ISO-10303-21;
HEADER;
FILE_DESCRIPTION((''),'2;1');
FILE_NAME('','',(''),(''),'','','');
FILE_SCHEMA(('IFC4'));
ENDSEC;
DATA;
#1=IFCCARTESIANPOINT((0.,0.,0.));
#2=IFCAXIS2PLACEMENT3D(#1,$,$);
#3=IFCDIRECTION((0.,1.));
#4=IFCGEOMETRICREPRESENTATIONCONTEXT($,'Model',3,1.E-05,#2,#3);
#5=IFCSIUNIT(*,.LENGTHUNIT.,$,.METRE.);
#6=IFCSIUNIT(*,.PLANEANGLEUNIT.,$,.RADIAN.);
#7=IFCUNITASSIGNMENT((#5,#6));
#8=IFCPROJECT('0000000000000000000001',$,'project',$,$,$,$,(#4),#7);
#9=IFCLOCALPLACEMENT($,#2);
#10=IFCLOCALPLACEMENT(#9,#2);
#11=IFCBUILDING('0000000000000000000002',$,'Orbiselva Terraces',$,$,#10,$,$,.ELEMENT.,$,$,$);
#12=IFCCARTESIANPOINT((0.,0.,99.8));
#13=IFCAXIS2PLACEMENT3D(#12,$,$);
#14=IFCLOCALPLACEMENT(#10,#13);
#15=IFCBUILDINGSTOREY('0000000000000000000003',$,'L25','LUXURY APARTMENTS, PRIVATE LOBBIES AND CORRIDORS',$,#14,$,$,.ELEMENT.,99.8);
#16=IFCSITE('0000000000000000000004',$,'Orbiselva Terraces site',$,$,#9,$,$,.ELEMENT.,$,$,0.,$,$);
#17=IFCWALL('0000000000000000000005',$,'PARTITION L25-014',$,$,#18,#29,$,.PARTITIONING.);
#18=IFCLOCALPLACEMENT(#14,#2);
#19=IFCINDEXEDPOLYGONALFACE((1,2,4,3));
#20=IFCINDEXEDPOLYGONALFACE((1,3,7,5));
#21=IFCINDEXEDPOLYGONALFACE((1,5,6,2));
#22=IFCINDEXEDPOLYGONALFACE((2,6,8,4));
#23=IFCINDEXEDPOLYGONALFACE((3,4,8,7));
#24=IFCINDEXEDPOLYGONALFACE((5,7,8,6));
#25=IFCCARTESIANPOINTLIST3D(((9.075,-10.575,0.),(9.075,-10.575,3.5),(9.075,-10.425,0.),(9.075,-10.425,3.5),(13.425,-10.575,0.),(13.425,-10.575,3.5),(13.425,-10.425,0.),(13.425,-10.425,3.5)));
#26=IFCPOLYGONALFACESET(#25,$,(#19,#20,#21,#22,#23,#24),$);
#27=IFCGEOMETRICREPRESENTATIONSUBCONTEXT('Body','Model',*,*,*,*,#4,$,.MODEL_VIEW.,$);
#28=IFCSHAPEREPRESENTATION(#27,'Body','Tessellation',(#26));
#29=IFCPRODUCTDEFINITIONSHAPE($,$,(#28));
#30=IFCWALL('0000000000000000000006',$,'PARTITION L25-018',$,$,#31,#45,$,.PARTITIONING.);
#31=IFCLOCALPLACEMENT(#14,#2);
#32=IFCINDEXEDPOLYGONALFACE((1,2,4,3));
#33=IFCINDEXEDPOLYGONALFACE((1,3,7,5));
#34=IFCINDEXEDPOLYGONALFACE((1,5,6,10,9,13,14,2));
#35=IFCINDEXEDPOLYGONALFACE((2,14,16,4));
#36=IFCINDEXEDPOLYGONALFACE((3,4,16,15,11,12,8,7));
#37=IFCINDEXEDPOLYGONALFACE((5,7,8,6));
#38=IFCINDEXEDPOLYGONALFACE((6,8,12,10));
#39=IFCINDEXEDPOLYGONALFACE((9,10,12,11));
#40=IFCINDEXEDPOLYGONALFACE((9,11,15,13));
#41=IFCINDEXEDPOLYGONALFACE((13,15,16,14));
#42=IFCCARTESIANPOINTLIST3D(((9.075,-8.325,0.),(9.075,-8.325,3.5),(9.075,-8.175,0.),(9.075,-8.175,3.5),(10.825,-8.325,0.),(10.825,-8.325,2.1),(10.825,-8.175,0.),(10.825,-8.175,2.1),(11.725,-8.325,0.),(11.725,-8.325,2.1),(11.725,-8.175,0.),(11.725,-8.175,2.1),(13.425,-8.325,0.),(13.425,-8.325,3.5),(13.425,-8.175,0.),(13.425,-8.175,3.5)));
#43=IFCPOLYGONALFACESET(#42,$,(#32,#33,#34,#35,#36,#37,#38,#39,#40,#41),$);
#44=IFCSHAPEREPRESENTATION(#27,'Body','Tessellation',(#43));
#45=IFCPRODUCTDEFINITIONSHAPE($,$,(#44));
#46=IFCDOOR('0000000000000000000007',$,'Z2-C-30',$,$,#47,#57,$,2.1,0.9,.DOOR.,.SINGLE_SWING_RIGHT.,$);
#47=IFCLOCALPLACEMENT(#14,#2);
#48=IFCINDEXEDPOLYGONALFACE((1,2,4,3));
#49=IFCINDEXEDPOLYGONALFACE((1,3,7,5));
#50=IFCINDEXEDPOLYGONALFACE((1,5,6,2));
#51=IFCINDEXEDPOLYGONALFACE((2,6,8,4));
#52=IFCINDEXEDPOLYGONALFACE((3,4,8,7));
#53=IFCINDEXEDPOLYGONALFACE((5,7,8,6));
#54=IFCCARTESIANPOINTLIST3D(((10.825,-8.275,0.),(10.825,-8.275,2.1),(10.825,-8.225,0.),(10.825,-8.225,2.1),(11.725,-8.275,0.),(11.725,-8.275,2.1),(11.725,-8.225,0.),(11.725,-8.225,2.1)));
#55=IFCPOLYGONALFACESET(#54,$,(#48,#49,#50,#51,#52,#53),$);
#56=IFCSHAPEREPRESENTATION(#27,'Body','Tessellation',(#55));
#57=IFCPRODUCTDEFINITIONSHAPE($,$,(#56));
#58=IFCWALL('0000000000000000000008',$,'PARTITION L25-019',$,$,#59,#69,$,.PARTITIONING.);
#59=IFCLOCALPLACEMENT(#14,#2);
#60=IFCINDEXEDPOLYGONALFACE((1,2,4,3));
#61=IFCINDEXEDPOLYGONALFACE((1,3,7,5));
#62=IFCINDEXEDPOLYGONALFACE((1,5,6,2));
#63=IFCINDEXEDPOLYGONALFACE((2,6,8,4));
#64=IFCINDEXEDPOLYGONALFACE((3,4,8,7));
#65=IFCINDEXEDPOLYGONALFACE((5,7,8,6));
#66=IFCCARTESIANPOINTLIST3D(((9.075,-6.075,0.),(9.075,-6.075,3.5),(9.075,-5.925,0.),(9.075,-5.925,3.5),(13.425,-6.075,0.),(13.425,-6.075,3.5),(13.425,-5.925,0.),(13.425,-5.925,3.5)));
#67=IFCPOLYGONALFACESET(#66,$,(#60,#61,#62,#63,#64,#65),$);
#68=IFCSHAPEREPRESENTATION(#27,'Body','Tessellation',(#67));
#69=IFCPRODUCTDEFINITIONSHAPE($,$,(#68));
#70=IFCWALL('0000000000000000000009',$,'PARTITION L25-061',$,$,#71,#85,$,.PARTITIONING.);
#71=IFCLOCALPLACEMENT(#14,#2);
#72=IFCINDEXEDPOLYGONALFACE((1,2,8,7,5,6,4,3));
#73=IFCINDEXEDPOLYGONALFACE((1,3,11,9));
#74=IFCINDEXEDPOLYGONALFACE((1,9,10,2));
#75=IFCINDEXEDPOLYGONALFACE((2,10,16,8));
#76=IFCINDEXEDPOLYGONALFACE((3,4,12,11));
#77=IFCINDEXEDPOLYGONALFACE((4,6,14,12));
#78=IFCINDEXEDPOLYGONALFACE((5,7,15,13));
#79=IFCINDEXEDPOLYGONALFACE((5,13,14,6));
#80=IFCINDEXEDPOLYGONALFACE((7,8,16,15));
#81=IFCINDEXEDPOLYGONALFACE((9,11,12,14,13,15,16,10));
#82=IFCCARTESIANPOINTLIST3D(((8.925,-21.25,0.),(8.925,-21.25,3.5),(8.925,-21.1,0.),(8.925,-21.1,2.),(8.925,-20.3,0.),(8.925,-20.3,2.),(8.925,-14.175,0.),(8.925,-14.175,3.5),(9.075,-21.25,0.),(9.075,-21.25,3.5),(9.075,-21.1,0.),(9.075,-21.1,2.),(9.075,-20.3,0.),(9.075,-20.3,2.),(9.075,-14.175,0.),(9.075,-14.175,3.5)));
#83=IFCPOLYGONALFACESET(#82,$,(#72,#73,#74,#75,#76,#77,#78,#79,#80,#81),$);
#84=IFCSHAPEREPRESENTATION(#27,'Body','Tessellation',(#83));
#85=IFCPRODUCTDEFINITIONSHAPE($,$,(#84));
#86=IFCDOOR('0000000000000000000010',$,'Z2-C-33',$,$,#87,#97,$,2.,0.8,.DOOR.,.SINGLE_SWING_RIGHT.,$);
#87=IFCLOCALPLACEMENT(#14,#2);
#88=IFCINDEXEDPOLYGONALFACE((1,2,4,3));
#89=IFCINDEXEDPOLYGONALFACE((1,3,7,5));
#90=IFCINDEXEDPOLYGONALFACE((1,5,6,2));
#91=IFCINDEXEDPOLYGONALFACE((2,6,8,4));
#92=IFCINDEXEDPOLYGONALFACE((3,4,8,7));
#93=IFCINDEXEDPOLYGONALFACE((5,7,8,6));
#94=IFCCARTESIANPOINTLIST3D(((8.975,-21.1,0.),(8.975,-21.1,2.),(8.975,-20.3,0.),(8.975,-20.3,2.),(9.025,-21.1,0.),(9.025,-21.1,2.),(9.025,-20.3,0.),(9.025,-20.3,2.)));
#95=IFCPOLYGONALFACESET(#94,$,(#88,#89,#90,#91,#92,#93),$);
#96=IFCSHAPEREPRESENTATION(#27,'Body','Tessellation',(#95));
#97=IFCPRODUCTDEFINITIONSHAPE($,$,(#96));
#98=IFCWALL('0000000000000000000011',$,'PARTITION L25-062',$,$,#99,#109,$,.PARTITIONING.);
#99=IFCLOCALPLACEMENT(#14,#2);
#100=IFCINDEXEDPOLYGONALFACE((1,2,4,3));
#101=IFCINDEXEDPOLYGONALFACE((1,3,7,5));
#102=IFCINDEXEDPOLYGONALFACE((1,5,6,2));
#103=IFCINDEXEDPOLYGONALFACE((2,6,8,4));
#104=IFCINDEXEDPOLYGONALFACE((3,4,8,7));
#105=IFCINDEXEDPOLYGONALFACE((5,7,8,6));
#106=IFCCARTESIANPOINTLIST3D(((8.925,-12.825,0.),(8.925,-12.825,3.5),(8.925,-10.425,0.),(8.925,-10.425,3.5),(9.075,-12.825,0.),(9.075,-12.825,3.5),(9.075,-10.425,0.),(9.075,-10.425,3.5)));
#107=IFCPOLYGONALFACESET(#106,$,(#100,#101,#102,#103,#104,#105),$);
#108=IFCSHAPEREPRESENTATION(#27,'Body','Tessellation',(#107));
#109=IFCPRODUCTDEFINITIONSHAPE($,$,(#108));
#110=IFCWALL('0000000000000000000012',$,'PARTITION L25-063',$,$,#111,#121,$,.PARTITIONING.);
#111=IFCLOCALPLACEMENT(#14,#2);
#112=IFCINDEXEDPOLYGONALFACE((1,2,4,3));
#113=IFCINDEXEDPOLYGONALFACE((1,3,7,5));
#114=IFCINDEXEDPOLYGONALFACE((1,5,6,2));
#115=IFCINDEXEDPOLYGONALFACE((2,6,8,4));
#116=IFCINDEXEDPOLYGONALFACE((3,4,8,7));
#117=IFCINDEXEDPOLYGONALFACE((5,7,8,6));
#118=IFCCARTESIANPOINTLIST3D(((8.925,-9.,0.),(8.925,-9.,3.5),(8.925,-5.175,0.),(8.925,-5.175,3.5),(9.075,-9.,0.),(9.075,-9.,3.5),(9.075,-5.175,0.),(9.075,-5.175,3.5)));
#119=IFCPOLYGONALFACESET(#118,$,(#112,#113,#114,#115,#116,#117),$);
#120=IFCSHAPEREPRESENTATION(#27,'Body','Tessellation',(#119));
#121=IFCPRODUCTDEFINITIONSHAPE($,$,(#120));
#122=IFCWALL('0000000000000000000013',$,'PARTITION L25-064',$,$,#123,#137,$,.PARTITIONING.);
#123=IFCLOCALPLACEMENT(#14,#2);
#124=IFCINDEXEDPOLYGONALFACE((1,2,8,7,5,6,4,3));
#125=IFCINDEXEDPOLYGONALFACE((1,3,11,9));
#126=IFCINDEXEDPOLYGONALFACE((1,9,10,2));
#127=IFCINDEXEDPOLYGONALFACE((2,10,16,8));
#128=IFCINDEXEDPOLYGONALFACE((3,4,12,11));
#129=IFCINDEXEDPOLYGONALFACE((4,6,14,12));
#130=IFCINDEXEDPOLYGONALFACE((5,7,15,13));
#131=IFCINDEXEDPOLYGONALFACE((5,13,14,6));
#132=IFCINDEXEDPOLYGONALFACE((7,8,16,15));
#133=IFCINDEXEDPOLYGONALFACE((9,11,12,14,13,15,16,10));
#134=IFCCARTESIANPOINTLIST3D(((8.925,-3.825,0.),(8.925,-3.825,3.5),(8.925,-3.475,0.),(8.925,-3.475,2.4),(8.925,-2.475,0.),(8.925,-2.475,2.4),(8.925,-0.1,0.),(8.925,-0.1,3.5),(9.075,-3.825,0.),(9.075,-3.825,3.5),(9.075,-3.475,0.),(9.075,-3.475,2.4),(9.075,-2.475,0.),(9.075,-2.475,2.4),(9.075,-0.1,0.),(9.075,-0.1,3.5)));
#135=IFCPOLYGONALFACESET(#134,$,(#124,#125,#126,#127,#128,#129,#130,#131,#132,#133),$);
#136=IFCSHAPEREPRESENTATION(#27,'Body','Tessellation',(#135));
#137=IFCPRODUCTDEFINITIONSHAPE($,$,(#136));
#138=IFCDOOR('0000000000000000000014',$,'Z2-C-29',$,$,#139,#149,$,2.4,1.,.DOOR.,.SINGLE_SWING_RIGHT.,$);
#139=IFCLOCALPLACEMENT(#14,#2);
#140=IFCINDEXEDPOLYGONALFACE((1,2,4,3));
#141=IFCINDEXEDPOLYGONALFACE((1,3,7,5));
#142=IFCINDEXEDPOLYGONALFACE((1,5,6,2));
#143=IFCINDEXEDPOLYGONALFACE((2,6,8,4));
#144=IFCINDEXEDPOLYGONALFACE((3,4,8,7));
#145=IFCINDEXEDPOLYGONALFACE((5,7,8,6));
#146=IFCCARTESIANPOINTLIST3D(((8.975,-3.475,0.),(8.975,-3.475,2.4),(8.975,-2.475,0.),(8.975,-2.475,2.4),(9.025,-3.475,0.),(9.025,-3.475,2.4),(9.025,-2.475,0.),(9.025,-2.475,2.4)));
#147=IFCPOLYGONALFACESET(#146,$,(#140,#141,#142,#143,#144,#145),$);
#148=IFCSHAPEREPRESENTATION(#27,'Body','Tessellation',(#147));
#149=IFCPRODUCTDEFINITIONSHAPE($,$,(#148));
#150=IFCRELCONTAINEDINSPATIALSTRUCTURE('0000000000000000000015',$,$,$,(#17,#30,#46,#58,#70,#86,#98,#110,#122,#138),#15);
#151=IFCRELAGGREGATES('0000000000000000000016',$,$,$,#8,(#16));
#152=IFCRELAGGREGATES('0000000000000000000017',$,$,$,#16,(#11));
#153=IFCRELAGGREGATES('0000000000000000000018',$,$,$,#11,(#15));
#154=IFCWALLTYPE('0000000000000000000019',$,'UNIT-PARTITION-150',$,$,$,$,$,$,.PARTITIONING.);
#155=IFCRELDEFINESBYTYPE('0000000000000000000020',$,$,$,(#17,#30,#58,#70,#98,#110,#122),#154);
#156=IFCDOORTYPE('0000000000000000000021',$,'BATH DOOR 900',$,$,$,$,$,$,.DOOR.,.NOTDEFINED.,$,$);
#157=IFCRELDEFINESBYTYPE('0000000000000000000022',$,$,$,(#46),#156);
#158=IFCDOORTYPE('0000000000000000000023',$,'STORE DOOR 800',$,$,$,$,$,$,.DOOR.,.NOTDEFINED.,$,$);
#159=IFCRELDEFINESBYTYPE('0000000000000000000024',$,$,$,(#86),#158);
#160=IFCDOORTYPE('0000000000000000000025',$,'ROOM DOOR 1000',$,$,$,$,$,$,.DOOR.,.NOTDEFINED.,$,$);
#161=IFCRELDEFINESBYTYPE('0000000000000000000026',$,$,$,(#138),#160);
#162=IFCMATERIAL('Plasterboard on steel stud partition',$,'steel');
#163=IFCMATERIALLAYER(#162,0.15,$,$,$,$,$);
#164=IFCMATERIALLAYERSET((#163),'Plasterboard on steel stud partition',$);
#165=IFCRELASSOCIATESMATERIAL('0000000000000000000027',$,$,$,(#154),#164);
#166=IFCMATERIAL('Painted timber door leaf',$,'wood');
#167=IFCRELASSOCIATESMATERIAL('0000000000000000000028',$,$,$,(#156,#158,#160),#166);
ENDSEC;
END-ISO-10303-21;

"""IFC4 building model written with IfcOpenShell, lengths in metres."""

from ifc_helpers import new_model, si_unit, direction, frame, frame_2d, origin, place, context, subcontext, project, spatial, rectangle, extrude, material, layer, layer_set, type_object, element, fill, save


model = new_model("IFC4")

# Units and contexts
model_context = context("Model", 3, precision=1e-05, world=origin(), true_north=direction((0.0, 1.0)))
body_context = subcontext(model_context, "Body", "Model", "MODEL_VIEW")
ifc_project = project(units=[si_unit("LENGTHUNIT", "METRE"), si_unit("PLANEANGLEUNIT", "RADIAN")], contexts=[model_context])

# Site, building, storey
site_placement = place(None, origin())
site = spatial("IfcSite", under=ifc_project, at=site_placement, Name="Orbiselva Terraces site", CompositionType="ELEMENT", RefElevation=0.0)
building_placement = place(site_placement, origin())
building = spatial("IfcBuilding", under=site, at=building_placement, Name="Orbiselva Terraces", CompositionType="ELEMENT")
storey_placement = place(building_placement, frame((0.0, 0.0, 99.8)))
storey = spatial("IfcBuildingStorey", under=building, at=storey_placement, Name="L25", Description="LUXURY APARTMENTS, PRIVATE LOBBIES AND CORRIDORS", CompositionType="ELEMENT", Elevation=99.8)

# Shared definitions
ifc_material_1 = material(Name="Plasterboard on steel stud partition", Category="steel")
ifc_layer_1 = layer(ifc_material_1, 0.15)
ifc_layer_set_1 = layer_set([ifc_layer_1], Name="Plasterboard on steel stud partition")
wall_type_1 = type_object("IfcWallType", Name="UNIT-PARTITION-150", PredefinedType="PARTITIONING", material=ifc_layer_set_1)

# Shared definitions
ifc_material_2 = material(Name="Painted timber door leaf", Category="wood")
door_type_1 = type_object("IfcDoorType", Name="BATH DOOR 900", OperationType="NOTDEFINED", PredefinedType="DOOR", material=ifc_material_2)

# Wall
wall_1_placement = place(storey_placement, frame((9.075, -10.5, 0.0), z_axis=(0.0, 0.0, 1.0), x_axis=(1.0, 0.0, 0.0)))
element("IfcWall", 1, at=wall_1_placement, inside=storey, type_object=wall_type_1, Name="PARTITION L25-014", PredefinedType="PARTITIONING", context=body_context, shape_type="SweptSolid", body=[
    extrude(rectangle(XDim=4.35, YDim=0.15, at=frame_2d((2.175, 0.0))), origin(), (0.0, 0.0, 1.0), 3.5),
])

# Wall, opening, door
wall_2_placement = place(storey_placement, frame((9.075, -8.25, 0.0), z_axis=(0.0, 0.0, 1.0), x_axis=(1.0, 0.0, 0.0)))
wall_2 = element("IfcWall", 2, at=wall_2_placement, inside=storey, type_object=wall_type_1, Name="PARTITION L25-018", PredefinedType="PARTITIONING", context=body_context, shape_type="SweptSolid", body=[
    extrude(rectangle(XDim=4.35, YDim=0.15, at=frame_2d((2.175, 0.0))), origin(), (0.0, 0.0, 1.0), 3.5),
])
opening_1_placement = place(wall_2_placement, frame((1.75, 0.0, 0.0)))
opening_1 = element("IfcOpeningElement", 3, at=opening_1_placement, cuts=wall_2, PredefinedType="OPENING", context=body_context, shape_type="SweptSolid", body=[
    extrude(rectangle(XDim=0.9, YDim=2.1, at=frame_2d((0.45, 1.05))), frame((0.0, 0.085, 0.0), z_axis=(0.0, -1.0, 0.0), x_axis=(1.0, 0.0, 0.0)), (0.0, 0.0, 1.0), 0.17),
])
door_1_placement = place(opening_1_placement, origin())
door_1 = element("IfcDoor", 4, at=door_1_placement, inside=storey, type_object=door_type_1, Name="Z2-C-30", OperationType="SINGLE_SWING_RIGHT", OverallHeight=2.1, OverallWidth=0.9, PredefinedType="DOOR", context=body_context, shape_type="SweptSolid", body=[
    extrude(rectangle(XDim=0.9, YDim=2.1, at=frame_2d((0.45, 1.05))), frame((0.0, 0.025, 0.0), z_axis=(0.0, -1.0, 0.0), x_axis=(1.0, 0.0, 0.0)), (0.0, 0.0, 1.0), 0.05),
])
fill(opening_1, door_1)

# Wall
wall_3_placement = place(storey_placement, frame((9.075, -6.0, 0.0), z_axis=(0.0, 0.0, 1.0), x_axis=(1.0, 0.0, 0.0)))
element("IfcWall", 5, at=wall_3_placement, inside=storey, type_object=wall_type_1, Name="PARTITION L25-019", PredefinedType="PARTITIONING", context=body_context, shape_type="SweptSolid", body=[
    extrude(rectangle(XDim=4.35, YDim=0.15, at=frame_2d((2.175, 0.0))), origin(), (0.0, 0.0, 1.0), 3.5),
])

# Wall, opening, door
wall_4_placement = place(storey_placement, frame((9.0, -14.175, 0.0), z_axis=(0.0, 0.0, 1.0), x_axis=(0.0, -1.0, 0.0)))
wall_4 = element("IfcWall", 6, at=wall_4_placement, inside=storey, type_object=wall_type_1, Name="PARTITION L25-061", PredefinedType="PARTITIONING", context=body_context, shape_type="SweptSolid", body=[
    extrude(rectangle(XDim=7.075, YDim=0.15, at=frame_2d((3.5375, 0.0))), origin(), (0.0, 0.0, 1.0), 3.5),
])
opening_2_placement = place(wall_4_placement, frame((6.125, 0.0, 0.0)))
opening_2 = element("IfcOpeningElement", 7, at=opening_2_placement, cuts=wall_4, PredefinedType="OPENING", context=body_context, shape_type="SweptSolid", body=[
    extrude(rectangle(XDim=0.8, YDim=2.0, at=frame_2d((0.4, 1.0))), frame((0.0, 0.085, 0.0), z_axis=(0.0, -1.0, 0.0), x_axis=(1.0, 0.0, 0.0)), (0.0, 0.0, 1.0), 0.17),
])
door_type_2 = type_object("IfcDoorType", Name="STORE DOOR 800", OperationType="NOTDEFINED", PredefinedType="DOOR", material=ifc_material_2)
door_2_placement = place(opening_2_placement, origin())
door_2 = element("IfcDoor", 8, at=door_2_placement, inside=storey, type_object=door_type_2, Name="Z2-C-33", OperationType="SINGLE_SWING_RIGHT", OverallHeight=2.0, OverallWidth=0.8, PredefinedType="DOOR", context=body_context, shape_type="SweptSolid", body=[
    extrude(rectangle(XDim=0.8, YDim=2.0, at=frame_2d((0.4, 1.0))), frame((0.0, 0.025, 0.0), z_axis=(0.0, -1.0, 0.0), x_axis=(1.0, 0.0, 0.0)), (0.0, 0.0, 1.0), 0.05),
])
fill(opening_2, door_2)

# Walls
wall_5_placement = place(storey_placement, frame((9.0, -12.825, 0.0), z_axis=(0.0, 0.0, 1.0), x_axis=(0.0, 1.0, 0.0)))
element("IfcWall", 9, at=wall_5_placement, inside=storey, type_object=wall_type_1, Name="PARTITION L25-062", PredefinedType="PARTITIONING", context=body_context, shape_type="SweptSolid", body=[
    extrude(rectangle(XDim=2.4, YDim=0.15, at=frame_2d((1.2, 0.0))), origin(), (0.0, 0.0, 1.0), 3.5),
])
wall_6_placement = place(storey_placement, frame((9.0, -9.0, 0.0), z_axis=(0.0, 0.0, 1.0), x_axis=(0.0, 1.0, 0.0)))
element("IfcWall", 10, at=wall_6_placement, inside=storey, type_object=wall_type_1, Name="PARTITION L25-063", PredefinedType="PARTITIONING", context=body_context, shape_type="SweptSolid", body=[
    extrude(rectangle(XDim=3.825, YDim=0.15, at=frame_2d((1.9125, 0.0))), origin(), (0.0, 0.0, 1.0), 3.5),
])

# Wall, opening, door
wall_7_placement = place(storey_placement, frame((9.0, -0.1, 0.0), z_axis=(0.0, 0.0, 1.0), x_axis=(0.0, -1.0, 0.0)))
wall_7 = element("IfcWall", 11, at=wall_7_placement, inside=storey, type_object=wall_type_1, Name="PARTITION L25-064", PredefinedType="PARTITIONING", context=body_context, shape_type="SweptSolid", body=[
    extrude(rectangle(XDim=3.725, YDim=0.15, at=frame_2d((1.8625, 0.0))), origin(), (0.0, 0.0, 1.0), 3.5),
])
opening_3_placement = place(wall_7_placement, frame((2.375, 0.0, 0.0)))
opening_3 = element("IfcOpeningElement", 12, at=opening_3_placement, cuts=wall_7, PredefinedType="OPENING", context=body_context, shape_type="SweptSolid", body=[
    extrude(rectangle(XDim=1.0, YDim=2.4, at=frame_2d((0.5, 1.2))), frame((0.0, 0.085, 0.0), z_axis=(0.0, -1.0, 0.0), x_axis=(1.0, 0.0, 0.0)), (0.0, 0.0, 1.0), 0.17),
])
door_type_3 = type_object("IfcDoorType", Name="ROOM DOOR 1000", OperationType="NOTDEFINED", PredefinedType="DOOR", material=ifc_material_2)
door_3_placement = place(opening_3_placement, origin())
door_3 = element("IfcDoor", 13, at=door_3_placement, inside=storey, type_object=door_type_3, Name="Z2-C-29", OperationType="SINGLE_SWING_RIGHT", OverallHeight=2.4, OverallWidth=1.0, PredefinedType="DOOR", context=body_context, shape_type="SweptSolid", body=[
    extrude(rectangle(XDim=1.0, YDim=2.4, at=frame_2d((0.5, 1.2))), frame((0.0, 0.025, 0.0), z_axis=(0.0, -1.0, 0.0), x_axis=(1.0, 0.0, 0.0)), (0.0, 0.0, 1.0), 0.05),
])
fill(opening_3, door_3)

save(model, "model.ifc")
